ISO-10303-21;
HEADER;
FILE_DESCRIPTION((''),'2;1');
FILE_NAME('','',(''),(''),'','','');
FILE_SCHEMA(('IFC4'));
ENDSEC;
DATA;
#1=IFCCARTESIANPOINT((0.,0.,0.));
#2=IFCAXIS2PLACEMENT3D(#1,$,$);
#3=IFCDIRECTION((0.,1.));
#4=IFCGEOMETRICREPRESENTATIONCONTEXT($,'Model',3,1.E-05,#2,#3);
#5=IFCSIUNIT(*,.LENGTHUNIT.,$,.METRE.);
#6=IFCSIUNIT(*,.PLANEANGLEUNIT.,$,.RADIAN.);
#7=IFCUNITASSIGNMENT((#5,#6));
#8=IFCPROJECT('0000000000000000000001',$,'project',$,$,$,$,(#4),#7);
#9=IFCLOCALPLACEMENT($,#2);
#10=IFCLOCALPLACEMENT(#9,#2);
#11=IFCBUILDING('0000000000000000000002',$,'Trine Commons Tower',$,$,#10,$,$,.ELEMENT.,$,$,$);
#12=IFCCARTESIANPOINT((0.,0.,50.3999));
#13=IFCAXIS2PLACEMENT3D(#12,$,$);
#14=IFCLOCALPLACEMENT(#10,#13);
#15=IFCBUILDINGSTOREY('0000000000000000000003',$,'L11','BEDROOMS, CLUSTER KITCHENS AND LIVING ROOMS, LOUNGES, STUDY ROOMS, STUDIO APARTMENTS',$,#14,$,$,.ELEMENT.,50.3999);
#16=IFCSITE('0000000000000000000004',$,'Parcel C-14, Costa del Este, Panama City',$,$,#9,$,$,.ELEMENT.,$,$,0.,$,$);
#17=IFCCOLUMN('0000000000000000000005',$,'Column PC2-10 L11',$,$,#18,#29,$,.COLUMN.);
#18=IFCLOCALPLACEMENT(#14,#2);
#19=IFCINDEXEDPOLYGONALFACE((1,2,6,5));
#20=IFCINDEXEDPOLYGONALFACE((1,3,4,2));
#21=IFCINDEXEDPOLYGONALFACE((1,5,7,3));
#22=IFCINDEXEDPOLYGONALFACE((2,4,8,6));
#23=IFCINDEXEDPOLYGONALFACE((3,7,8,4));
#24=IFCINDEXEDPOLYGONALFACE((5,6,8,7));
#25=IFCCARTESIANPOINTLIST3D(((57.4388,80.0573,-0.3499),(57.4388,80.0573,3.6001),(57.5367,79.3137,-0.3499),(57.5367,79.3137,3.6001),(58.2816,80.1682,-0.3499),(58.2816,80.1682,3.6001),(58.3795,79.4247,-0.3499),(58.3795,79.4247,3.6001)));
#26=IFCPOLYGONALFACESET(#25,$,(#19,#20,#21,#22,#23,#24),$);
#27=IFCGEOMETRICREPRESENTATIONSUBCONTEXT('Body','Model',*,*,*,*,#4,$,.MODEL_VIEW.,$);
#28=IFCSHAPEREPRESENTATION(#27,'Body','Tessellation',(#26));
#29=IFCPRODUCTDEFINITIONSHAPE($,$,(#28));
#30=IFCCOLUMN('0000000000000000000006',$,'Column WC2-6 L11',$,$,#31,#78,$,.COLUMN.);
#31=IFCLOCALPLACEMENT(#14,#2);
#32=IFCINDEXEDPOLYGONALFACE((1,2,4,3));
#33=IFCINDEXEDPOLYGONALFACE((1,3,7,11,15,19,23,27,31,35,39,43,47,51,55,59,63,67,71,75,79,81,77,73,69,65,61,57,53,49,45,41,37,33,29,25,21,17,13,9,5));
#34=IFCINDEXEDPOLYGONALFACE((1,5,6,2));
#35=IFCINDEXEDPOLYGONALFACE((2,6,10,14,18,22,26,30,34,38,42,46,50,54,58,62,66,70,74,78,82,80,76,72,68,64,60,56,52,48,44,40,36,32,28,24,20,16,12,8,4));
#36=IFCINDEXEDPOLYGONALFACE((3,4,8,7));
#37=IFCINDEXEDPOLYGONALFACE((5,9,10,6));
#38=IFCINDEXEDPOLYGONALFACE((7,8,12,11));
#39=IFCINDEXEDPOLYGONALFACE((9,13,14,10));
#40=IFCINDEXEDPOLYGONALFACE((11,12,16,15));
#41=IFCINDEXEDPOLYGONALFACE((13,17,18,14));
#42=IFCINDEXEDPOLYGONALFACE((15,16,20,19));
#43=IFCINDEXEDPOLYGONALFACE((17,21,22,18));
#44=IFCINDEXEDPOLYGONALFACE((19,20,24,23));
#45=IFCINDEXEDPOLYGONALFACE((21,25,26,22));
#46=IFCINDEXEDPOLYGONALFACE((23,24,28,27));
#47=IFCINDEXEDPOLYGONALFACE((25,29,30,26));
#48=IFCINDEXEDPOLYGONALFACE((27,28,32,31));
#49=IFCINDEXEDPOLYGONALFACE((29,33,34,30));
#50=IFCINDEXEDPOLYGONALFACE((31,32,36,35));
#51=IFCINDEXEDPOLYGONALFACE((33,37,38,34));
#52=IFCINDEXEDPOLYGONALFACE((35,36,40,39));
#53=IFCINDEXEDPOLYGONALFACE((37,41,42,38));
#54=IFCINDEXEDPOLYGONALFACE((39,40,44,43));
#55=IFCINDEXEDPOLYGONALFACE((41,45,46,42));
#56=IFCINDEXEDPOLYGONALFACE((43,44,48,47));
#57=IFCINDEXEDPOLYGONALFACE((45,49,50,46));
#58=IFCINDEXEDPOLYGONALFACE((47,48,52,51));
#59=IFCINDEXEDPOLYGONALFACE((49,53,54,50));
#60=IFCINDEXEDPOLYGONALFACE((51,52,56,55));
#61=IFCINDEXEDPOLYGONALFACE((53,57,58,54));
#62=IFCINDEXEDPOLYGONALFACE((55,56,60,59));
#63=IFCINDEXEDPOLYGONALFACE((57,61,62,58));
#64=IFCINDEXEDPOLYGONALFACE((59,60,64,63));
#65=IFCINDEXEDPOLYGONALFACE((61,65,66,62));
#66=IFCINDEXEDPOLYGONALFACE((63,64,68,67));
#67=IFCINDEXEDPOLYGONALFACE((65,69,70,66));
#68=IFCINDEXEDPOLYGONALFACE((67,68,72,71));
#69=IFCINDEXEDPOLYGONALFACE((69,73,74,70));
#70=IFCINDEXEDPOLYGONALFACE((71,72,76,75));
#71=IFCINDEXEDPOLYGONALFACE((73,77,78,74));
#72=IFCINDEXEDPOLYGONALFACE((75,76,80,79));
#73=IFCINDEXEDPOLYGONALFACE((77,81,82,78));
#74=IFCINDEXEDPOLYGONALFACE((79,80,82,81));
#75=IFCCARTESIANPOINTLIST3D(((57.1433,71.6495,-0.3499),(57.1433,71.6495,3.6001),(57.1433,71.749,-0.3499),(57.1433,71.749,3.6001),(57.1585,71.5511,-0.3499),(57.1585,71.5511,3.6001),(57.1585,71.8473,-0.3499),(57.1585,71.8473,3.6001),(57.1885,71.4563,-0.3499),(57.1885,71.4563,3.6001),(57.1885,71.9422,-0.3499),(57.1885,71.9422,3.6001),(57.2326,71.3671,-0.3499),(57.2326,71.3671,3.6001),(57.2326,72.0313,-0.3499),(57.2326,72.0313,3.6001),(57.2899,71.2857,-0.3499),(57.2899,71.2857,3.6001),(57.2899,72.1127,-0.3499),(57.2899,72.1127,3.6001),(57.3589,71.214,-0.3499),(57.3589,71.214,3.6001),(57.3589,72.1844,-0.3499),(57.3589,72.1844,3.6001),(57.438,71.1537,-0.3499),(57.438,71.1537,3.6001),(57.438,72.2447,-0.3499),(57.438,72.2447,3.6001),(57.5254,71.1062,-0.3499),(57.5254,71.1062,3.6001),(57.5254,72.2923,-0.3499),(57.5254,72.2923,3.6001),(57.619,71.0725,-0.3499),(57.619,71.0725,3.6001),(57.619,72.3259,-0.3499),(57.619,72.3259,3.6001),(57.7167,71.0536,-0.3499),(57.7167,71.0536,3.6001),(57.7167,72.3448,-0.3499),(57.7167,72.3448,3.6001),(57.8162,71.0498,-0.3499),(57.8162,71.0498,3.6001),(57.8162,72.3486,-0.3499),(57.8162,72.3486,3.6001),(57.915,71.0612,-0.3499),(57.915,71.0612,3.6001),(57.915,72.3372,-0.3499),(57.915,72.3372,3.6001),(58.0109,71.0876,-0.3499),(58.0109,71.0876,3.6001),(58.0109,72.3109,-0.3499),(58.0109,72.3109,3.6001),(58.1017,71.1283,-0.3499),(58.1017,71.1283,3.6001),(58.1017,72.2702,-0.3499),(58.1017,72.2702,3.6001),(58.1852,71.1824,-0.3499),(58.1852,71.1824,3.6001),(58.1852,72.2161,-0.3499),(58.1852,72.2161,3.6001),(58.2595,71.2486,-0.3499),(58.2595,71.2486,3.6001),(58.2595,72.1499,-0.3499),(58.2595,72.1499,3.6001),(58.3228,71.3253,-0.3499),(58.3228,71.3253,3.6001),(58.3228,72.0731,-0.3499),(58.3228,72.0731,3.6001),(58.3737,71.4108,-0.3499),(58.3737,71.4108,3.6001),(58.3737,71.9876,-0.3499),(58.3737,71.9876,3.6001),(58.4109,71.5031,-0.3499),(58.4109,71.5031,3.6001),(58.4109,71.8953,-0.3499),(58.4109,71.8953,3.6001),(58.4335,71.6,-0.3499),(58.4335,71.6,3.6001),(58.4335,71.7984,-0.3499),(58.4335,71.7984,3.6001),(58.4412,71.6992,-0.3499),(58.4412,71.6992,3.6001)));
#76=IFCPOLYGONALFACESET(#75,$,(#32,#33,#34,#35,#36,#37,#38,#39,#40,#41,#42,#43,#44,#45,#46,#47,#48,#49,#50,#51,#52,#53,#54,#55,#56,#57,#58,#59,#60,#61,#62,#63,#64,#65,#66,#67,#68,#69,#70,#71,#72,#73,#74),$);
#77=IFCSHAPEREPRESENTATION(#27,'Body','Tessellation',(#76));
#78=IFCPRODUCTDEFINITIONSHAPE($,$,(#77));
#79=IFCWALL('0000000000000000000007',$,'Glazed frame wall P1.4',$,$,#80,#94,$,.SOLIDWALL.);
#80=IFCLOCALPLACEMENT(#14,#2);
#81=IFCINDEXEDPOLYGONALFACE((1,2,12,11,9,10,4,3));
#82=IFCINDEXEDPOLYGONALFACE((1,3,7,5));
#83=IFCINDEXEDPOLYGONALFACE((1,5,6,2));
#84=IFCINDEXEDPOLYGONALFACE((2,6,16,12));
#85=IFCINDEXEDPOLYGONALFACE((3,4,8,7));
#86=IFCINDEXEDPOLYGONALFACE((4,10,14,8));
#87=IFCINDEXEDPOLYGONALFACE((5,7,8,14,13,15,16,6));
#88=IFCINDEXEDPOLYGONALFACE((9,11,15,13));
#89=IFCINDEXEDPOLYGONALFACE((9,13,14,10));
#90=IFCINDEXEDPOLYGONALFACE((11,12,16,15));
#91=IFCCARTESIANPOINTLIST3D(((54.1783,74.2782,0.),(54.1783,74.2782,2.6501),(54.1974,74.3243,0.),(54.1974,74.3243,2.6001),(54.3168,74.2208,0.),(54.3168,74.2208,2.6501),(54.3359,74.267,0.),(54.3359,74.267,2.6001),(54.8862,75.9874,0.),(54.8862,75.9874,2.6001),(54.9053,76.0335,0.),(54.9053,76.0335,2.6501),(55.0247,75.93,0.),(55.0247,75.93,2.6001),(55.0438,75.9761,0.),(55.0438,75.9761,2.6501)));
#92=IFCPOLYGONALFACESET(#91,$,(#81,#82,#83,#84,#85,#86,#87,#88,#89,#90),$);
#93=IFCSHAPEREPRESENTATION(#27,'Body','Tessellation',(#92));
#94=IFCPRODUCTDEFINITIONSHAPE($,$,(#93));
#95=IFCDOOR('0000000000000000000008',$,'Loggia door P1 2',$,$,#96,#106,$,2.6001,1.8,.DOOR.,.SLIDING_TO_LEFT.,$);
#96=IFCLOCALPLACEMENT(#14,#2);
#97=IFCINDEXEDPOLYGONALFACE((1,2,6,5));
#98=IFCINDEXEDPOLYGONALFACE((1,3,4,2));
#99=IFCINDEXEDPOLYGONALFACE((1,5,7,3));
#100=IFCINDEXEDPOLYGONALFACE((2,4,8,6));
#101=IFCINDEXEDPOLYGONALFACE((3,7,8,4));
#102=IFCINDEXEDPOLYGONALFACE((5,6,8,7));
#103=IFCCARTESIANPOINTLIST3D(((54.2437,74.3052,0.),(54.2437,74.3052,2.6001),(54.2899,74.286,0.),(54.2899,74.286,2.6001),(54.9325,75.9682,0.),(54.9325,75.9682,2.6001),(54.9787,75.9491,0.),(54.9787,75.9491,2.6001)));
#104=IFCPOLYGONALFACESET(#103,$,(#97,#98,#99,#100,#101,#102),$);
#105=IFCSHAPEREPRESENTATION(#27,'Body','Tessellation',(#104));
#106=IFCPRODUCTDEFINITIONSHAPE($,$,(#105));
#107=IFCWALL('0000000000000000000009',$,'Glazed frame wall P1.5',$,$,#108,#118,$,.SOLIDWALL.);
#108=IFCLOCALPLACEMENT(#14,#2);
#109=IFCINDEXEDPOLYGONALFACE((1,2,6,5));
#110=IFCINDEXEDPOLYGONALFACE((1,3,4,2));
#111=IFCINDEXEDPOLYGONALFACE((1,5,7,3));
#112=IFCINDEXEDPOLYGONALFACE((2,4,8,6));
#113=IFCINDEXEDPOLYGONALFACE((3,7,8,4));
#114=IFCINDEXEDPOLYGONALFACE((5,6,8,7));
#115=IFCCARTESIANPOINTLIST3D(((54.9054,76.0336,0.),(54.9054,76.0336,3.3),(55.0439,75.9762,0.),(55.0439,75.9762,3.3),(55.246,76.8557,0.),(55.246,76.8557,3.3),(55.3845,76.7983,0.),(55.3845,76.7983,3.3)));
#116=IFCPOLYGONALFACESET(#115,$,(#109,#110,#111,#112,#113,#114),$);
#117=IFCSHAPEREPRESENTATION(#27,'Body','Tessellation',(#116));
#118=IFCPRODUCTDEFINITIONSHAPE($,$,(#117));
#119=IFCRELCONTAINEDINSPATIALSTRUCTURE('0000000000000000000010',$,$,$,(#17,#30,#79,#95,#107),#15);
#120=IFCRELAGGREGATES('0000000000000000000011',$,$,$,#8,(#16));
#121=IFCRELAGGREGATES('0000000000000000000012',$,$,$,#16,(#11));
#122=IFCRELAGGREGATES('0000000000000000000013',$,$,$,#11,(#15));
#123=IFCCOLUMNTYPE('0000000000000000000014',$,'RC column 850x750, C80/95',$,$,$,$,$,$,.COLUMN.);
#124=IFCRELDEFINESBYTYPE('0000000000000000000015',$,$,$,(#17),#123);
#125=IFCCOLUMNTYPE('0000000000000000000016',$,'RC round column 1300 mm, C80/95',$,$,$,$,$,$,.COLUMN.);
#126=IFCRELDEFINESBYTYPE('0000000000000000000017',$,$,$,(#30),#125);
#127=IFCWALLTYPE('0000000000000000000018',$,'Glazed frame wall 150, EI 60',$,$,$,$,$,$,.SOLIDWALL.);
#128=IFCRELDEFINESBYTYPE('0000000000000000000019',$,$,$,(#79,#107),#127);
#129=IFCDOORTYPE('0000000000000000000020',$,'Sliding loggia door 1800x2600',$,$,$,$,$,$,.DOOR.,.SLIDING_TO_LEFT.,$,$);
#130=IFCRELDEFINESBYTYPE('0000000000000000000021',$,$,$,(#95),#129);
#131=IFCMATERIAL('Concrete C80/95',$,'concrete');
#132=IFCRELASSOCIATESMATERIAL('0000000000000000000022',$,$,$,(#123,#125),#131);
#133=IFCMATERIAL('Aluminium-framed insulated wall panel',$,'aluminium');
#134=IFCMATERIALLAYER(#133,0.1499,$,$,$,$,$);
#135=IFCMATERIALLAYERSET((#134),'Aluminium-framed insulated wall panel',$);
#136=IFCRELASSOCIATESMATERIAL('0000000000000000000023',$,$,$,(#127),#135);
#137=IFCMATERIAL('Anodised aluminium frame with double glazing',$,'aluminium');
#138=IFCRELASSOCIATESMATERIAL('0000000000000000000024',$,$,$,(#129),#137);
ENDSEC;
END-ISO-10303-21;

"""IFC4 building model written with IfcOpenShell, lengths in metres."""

from ifc_helpers import new_model, si_unit, direction, frame, frame_2d, origin, origin_2d, place, context, subcontext, project, spatial, polyline, rectangle, circle, outline, extrude, material, layer, layer_set, material_profile, profile_set, type_object, element, fill, save


model = new_model("IFC4")

# Units and contexts
model_context = context("Model", 3, precision=1e-05, world=origin(), true_north=direction((0.0, 1.0)))
body_context = subcontext(model_context, "Body", "Model", "MODEL_VIEW")
ifc_project = project(units=[si_unit("LENGTHUNIT", "METRE"), si_unit("PLANEANGLEUNIT", "RADIAN")], contexts=[model_context])

# Site, building, storey
site_placement = place(None, origin())
site = spatial("IfcSite", under=ifc_project, at=site_placement, Name="Parcel C-14, Costa del Este, Panama City", CompositionType="ELEMENT", RefElevation=0.0)
building_placement = place(site_placement, origin())
building = spatial("IfcBuilding", under=site, at=building_placement, Name="Trine Commons Tower", CompositionType="ELEMENT")
storey_placement = place(building_placement, frame((0.0, 0.0, 50.3999)))
storey = spatial("IfcBuildingStorey", under=building, at=storey_placement, Name="L11", Description="BEDROOMS, CLUSTER KITCHENS AND LIVING ROOMS, LOUNGES, STUDY ROOMS, STUDIO APARTMENTS", CompositionType="ELEMENT", Elevation=50.3999)

# Columns
ifc_material_1 = material(Name="Concrete C80/95", Category="concrete")
ifc_material_profile_1 = material_profile(ifc_material_1, rectangle(XDim=0.8501, YDim=0.75, at=origin_2d()), Name="RC 850x750")
ifc_profile_set_1 = profile_set([ifc_material_profile_1], Name="Concrete C80/95")
column_type_1 = type_object("IfcColumnType", Name="RC column 850x750, C80/95", PredefinedType="COLUMN", material=ifc_profile_set_1)
column_1_placement = place(storey_placement, frame((57.9092, 79.741, -0.3499), z_axis=(0.0, 0.0, 1.0), x_axis=(0.991445, 0.130526, 0.0)))
element("IfcColumn", 1, at=column_1_placement, inside=storey, type_object=column_type_1, Name="Column PC2-10 L11", PredefinedType="COLUMN", context=body_context, shape_type="SweptSolid", body=[
    extrude(rectangle(XDim=0.8501, YDim=0.75, at=origin_2d()), origin(), (0.0, 0.0, 1.0), 3.95),
])
ifc_material_profile_2 = material_profile(ifc_material_1, circle(Radius=0.6499, at=origin_2d()), Name="RC round 1300")
ifc_profile_set_2 = profile_set([ifc_material_profile_2], Name="Concrete C80/95")
column_type_2 = type_object("IfcColumnType", Name="RC round column 1300 mm, C80/95", PredefinedType="COLUMN", material=ifc_profile_set_2)
column_2_placement = place(storey_placement, frame((57.7913, 71.6992, -0.3499), z_axis=(0.0, 0.0, 1.0), x_axis=(1.0, 0.0, 0.0)))
element("IfcColumn", 2, at=column_2_placement, inside=storey, type_object=column_type_2, Name="Column WC2-6 L11", PredefinedType="COLUMN", context=body_context, shape_type="SweptSolid", body=[
    extrude(circle(Radius=0.6499, at=origin_2d()), origin(), (0.0, 0.0, 1.0), 3.95),
])

# Wall, opening, door
ifc_material_2 = material(Name="Aluminium-framed insulated wall panel", Category="aluminium")
ifc_layer_1 = layer(ifc_material_2, 0.1499)
ifc_layer_set_1 = layer_set([ifc_layer_1], Name="Aluminium-framed insulated wall panel")
wall_type_1 = type_object("IfcWallType", Name="Glazed frame wall 150, EI 60", PredefinedType="SOLIDWALL", material=ifc_layer_set_1)
wall_1_placement = place(storey_placement, frame((54.2476, 74.2495, 0.0), z_axis=(0.0, 0.0, 1.0), x_axis=(0.382662, 0.923888, 0.0)))
wall_1 = element("IfcWall", 3, at=wall_1_placement, inside=storey, type_object=wall_type_1, Name="Glazed frame wall P1.4", PredefinedType="SOLIDWALL", context=body_context, shape_type="SweptSolid", body=[
    extrude(outline(polyline([(0.0, -0.075), (1.8999, -0.075), (1.8999, 0.075), (0.0, 0.075), (0.0, -0.075)])), origin(), (0.0, 0.0, 1.0), 2.6501),
])
opening_1_placement = place(wall_1_placement, frame((0.05, 0.0, 0.0)))
opening_1 = element("IfcOpeningElement", 4, at=opening_1_placement, cuts=wall_1, PredefinedType="OPENING", context=body_context, shape_type="SweptSolid", body=[
    extrude(rectangle(XDim=1.8, YDim=2.6001, at=frame_2d((0.8999, 1.3))), frame((0.0, 0.085, 0.0), z_axis=(0.0, -1.0, 0.0), x_axis=(1.0, 0.0, 0.0)), (0.0, 0.0, 1.0), 0.1699),
])
ifc_material_3 = material(Name="Anodised aluminium frame with double glazing", Category="aluminium")
door_type_1 = type_object("IfcDoorType", Name="Sliding loggia door 1800x2600", OperationType="SLIDING_TO_LEFT", PredefinedType="DOOR", material=ifc_material_3)
door_1_placement = place(opening_1_placement, origin())
door_1 = element("IfcDoor", 5, at=door_1_placement, inside=storey, type_object=door_type_1, Name="Loggia door P1 2", OperationType="SLIDING_TO_LEFT", OverallHeight=2.6001, OverallWidth=1.8, PredefinedType="DOOR", context=body_context, shape_type="SweptSolid", body=[
    extrude(rectangle(XDim=1.8, YDim=2.6001, at=frame_2d((0.8999, 1.3))), frame((0.0, 0.0249, 0.0), z_axis=(0.0, -1.0, 0.0), x_axis=(1.0, 0.0, 0.0)), (0.0, 0.0, 1.0), 0.05),
])
fill(opening_1, door_1)

# Wall
wall_2_placement = place(storey_placement, frame((54.9746, 76.0049, 0.0), z_axis=(0.0, 0.0, 1.0), x_axis=(0.382812, 0.923826, 0.0)))
element("IfcWall", 6, at=wall_2_placement, inside=storey, type_object=wall_type_1, Name="Glazed frame wall P1.5", PredefinedType="SOLIDWALL", context=body_context, shape_type="SweptSolid", body=[
    extrude(outline(polyline([(0.8899, 0.075), (0.0, 0.075), (0.0, -0.075), (0.8899, -0.075), (0.8899, 0.075)])), origin(), (0.0, 0.0, 1.0), 3.3),
])

save(model, "model.ifc")
